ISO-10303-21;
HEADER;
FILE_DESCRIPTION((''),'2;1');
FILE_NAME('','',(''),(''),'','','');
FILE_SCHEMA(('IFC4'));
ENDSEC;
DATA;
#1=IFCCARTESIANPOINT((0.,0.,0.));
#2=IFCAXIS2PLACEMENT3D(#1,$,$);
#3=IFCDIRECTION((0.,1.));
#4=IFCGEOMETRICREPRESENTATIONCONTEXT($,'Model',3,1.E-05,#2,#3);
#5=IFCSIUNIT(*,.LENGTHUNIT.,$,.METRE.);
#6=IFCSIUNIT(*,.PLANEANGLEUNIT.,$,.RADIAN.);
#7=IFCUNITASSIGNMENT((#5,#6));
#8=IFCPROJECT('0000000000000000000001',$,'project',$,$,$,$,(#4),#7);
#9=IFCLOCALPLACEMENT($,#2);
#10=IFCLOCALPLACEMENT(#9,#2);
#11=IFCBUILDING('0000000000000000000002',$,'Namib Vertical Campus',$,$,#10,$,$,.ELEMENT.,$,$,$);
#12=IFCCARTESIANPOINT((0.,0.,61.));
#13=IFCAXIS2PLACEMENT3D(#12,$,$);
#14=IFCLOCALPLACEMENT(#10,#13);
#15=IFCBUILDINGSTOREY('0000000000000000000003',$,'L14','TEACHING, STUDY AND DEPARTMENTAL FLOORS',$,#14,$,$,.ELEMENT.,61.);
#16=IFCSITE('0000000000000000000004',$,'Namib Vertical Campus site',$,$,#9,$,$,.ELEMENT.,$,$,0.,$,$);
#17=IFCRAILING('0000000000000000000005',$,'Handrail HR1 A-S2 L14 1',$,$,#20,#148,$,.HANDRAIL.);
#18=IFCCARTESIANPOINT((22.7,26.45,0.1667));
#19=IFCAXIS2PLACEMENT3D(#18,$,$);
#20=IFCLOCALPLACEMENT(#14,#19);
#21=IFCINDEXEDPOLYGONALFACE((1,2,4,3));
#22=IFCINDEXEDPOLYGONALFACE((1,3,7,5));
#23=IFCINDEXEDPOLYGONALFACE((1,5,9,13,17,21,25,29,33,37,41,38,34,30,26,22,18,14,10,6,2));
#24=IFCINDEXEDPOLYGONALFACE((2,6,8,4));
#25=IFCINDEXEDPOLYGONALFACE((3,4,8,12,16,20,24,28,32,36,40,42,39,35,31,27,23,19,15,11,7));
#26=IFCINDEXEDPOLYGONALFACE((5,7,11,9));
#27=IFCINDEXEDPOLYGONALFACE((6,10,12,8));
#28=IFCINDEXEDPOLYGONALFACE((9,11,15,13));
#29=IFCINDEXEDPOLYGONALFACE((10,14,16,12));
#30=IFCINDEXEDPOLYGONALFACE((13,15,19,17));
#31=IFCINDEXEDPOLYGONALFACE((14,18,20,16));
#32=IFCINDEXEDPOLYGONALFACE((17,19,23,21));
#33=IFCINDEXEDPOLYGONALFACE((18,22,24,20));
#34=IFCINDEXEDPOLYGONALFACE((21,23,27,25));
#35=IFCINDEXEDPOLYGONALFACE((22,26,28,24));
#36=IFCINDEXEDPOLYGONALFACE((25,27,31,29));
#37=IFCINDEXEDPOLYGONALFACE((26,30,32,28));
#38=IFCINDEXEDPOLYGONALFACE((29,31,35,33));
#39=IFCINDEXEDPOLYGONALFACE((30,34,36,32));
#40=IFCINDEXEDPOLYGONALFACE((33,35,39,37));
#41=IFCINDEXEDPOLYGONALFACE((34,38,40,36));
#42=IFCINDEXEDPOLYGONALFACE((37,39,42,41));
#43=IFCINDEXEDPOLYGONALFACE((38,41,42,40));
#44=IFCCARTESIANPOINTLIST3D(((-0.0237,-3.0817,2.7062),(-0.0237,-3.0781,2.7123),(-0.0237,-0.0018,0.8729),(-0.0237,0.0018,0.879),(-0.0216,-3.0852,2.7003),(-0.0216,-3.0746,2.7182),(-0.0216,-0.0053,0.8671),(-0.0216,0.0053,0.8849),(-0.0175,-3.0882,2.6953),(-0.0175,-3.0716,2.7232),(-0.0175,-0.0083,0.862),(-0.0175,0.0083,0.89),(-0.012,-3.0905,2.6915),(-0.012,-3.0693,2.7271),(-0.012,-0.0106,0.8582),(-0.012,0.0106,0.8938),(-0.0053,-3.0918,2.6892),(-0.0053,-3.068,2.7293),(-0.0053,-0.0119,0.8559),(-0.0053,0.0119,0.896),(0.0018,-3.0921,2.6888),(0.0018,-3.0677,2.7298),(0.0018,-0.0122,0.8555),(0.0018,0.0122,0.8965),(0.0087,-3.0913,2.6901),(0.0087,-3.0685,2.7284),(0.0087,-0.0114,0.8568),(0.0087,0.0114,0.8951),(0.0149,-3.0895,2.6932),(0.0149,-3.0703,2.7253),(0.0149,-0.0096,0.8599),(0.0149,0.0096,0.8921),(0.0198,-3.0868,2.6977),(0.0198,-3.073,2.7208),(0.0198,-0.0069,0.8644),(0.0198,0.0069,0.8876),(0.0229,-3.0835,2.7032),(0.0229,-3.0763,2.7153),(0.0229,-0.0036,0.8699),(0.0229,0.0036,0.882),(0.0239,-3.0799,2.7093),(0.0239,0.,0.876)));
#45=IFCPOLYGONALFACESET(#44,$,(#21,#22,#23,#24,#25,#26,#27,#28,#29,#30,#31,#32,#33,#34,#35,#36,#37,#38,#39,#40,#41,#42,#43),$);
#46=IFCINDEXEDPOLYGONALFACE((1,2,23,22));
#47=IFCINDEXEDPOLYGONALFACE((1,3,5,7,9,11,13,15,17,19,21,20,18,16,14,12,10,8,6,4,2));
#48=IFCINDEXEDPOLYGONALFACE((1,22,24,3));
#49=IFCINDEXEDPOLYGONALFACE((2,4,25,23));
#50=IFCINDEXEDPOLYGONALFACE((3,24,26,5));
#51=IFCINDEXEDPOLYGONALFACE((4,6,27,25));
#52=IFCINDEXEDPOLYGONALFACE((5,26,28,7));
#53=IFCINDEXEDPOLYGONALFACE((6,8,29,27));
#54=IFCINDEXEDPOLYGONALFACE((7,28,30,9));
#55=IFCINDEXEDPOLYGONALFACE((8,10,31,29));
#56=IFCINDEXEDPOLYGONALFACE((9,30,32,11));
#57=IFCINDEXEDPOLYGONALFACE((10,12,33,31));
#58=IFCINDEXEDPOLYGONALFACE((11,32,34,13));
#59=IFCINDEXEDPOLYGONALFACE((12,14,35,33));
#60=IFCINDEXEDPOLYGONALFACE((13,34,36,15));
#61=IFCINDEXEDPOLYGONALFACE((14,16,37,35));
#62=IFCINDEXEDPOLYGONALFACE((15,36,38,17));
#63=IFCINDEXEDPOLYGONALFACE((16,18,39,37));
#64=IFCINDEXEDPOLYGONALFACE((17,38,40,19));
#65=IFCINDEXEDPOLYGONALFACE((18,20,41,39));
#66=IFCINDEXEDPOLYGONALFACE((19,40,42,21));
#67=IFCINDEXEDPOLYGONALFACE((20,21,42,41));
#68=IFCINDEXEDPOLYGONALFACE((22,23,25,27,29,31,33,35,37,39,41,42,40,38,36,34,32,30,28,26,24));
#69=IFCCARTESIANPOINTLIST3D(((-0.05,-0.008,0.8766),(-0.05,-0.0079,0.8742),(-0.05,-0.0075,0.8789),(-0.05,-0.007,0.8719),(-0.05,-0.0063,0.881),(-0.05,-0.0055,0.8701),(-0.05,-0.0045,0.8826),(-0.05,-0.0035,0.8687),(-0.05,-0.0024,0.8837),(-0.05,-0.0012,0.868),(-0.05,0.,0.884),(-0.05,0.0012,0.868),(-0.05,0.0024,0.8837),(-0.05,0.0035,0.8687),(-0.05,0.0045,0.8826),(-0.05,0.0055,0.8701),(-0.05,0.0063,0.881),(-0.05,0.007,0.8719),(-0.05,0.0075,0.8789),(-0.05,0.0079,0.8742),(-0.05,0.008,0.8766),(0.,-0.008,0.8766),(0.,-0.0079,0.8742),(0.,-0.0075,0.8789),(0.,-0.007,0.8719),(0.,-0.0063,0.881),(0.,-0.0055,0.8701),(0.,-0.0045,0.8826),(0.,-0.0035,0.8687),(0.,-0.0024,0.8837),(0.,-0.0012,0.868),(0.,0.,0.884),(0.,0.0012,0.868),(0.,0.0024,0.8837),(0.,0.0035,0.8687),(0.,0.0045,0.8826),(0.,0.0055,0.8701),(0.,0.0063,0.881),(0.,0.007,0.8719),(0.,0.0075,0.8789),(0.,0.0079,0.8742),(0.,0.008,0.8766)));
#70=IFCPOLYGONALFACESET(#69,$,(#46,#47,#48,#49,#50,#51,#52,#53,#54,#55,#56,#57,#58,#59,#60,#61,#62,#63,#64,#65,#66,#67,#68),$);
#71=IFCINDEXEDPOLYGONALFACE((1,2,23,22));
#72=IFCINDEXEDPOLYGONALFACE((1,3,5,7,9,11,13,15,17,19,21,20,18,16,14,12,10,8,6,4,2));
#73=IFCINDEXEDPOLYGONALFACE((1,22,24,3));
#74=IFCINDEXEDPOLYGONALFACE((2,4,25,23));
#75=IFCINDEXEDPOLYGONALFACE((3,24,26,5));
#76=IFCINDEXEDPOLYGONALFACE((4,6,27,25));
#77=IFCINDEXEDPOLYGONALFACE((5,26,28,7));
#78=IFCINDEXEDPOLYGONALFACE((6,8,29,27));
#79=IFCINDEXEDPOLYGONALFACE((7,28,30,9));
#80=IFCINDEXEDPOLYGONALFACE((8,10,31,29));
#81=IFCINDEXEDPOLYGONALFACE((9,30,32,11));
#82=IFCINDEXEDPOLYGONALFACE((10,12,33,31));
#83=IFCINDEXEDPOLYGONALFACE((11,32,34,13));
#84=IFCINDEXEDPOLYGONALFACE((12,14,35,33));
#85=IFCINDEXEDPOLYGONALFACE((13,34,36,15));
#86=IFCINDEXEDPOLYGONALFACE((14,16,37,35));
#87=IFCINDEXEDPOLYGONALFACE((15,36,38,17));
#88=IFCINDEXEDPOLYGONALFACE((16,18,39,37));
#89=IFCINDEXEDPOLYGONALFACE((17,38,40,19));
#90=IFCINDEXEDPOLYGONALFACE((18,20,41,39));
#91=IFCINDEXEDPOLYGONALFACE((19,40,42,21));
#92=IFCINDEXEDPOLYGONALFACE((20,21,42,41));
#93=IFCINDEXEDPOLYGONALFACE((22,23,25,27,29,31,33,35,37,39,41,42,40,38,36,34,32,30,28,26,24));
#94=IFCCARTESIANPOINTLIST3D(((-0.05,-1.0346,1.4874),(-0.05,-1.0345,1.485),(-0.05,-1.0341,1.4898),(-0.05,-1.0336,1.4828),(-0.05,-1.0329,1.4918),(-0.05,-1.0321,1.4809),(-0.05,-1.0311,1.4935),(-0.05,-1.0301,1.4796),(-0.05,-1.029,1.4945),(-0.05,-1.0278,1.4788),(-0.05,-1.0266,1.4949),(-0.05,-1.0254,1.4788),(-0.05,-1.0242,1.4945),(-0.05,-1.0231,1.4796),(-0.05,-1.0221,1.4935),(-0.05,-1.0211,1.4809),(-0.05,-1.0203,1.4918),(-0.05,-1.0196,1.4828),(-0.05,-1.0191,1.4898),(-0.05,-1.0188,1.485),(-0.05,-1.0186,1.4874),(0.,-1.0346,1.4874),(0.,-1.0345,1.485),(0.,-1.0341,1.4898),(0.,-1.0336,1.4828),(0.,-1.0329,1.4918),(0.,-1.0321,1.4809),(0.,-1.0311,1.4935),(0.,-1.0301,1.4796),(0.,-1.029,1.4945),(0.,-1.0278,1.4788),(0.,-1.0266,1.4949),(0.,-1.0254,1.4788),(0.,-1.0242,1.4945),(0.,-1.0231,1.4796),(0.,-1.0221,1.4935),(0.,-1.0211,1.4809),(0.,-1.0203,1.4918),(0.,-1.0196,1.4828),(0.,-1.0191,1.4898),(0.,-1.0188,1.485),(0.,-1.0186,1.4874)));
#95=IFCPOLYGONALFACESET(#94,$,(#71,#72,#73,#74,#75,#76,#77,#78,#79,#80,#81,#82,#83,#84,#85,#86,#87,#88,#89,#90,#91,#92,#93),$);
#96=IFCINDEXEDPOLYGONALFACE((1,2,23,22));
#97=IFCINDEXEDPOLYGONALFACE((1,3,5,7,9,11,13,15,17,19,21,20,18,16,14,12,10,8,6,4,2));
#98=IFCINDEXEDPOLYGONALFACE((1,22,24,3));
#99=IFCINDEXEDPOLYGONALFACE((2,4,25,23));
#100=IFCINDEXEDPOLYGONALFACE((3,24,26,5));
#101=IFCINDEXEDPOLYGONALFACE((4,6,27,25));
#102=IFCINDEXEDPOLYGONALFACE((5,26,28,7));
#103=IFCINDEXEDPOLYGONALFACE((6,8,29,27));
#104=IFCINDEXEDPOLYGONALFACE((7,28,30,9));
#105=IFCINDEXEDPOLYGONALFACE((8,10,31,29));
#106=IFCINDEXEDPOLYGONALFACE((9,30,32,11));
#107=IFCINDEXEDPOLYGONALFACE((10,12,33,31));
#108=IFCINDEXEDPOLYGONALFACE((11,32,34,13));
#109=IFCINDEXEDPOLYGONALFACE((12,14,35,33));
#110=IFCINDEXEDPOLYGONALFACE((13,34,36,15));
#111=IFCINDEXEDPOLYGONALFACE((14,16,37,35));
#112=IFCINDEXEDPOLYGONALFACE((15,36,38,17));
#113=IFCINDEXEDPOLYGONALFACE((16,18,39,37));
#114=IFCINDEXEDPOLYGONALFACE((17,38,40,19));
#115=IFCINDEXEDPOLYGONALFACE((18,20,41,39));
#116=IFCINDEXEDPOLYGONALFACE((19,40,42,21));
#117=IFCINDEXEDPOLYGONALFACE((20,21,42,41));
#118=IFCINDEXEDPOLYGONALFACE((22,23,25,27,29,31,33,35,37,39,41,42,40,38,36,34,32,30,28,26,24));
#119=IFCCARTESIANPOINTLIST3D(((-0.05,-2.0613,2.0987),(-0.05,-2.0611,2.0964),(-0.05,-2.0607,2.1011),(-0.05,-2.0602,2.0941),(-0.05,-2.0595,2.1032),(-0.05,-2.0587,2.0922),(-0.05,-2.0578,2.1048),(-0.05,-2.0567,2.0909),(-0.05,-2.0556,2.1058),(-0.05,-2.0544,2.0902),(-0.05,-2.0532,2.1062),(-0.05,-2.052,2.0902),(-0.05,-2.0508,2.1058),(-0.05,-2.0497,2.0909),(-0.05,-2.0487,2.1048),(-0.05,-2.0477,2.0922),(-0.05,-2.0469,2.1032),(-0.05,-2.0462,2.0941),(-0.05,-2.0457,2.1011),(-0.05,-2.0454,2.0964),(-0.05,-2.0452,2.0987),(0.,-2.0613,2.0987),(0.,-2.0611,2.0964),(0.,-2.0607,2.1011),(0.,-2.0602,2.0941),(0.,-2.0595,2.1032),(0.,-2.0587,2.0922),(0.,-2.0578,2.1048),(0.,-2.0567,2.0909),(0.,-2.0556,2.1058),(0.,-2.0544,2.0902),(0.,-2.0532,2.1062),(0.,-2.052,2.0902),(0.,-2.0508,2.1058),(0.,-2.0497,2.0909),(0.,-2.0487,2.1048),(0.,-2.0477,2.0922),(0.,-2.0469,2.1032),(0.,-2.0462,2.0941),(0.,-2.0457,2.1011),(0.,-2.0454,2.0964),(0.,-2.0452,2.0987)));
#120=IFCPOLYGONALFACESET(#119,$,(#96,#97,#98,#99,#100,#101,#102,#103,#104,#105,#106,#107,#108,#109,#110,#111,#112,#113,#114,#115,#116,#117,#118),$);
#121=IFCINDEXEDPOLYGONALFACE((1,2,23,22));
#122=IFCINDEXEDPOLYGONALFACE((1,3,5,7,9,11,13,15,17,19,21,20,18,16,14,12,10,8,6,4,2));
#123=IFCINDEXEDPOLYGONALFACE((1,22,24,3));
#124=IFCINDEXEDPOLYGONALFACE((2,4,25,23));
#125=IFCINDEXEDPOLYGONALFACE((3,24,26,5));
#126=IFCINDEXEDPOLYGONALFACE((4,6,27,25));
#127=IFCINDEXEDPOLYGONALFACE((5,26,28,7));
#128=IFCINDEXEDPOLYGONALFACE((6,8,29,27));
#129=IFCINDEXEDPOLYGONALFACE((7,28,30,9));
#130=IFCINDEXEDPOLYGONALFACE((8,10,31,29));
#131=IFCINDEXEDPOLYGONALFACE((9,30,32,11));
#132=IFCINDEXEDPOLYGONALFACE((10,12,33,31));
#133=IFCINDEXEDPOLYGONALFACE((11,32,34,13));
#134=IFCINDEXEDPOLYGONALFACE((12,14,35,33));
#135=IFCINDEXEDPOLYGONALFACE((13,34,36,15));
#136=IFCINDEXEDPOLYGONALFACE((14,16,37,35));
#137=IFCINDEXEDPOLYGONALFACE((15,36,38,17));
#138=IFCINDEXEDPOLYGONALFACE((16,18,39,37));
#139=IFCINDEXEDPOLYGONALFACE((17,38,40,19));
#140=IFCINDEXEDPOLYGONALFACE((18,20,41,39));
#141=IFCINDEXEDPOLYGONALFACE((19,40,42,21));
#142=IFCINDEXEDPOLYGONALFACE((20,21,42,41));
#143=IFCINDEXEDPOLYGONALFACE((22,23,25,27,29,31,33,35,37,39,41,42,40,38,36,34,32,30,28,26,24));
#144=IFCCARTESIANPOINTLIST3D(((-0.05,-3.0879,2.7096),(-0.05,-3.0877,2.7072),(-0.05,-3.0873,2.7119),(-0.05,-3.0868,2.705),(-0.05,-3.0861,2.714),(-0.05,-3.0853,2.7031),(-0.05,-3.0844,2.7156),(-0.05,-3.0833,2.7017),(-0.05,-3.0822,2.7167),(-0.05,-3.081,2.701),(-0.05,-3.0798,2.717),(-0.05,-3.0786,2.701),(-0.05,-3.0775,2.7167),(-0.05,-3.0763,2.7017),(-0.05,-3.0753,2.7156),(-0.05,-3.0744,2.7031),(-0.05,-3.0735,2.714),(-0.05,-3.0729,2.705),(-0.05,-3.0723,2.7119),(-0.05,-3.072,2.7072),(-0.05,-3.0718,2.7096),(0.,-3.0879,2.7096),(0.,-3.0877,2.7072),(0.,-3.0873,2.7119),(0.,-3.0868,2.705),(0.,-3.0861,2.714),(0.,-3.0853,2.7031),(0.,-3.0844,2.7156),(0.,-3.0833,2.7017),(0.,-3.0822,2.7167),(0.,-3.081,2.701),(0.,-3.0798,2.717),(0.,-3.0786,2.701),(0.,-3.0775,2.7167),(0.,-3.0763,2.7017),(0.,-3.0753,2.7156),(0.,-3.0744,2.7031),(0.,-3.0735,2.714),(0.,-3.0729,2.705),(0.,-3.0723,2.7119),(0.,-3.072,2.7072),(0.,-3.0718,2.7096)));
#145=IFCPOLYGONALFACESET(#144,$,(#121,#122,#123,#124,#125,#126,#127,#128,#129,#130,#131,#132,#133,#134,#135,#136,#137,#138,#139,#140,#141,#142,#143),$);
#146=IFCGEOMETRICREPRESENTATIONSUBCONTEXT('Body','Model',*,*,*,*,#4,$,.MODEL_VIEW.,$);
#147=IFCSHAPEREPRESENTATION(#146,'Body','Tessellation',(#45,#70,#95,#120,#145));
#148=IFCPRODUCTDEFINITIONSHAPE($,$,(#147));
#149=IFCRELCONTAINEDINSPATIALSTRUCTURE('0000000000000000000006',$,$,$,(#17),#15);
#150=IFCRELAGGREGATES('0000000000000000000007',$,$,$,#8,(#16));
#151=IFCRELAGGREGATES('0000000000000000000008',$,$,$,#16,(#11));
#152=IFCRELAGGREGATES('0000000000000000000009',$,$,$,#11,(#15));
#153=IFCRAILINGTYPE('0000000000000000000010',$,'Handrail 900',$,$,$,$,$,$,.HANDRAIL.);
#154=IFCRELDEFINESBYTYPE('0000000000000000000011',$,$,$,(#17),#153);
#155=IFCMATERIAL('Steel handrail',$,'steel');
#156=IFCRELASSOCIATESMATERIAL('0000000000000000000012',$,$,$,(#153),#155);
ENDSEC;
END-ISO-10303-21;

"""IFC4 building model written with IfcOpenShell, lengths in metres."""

from ifc_helpers import new_model, si_unit, direction, frame, origin, origin_2d, place, context, subcontext, project, spatial, circle, extrude, material, type_object, element, save


model = new_model("IFC4")

# Units and contexts
model_context = context("Model", 3, precision=1e-05, world=origin(), true_north=direction((0.0, 1.0)))
body_context = subcontext(model_context, "Body", "Model", "MODEL_VIEW")
ifc_project = project(units=[si_unit("LENGTHUNIT", "METRE"), si_unit("PLANEANGLEUNIT", "RADIAN")], contexts=[model_context])

# Site, building, storey
site_placement = place(None, origin())
site = spatial("IfcSite", under=ifc_project, at=site_placement, Name="Namib Vertical Campus site", CompositionType="ELEMENT", RefElevation=0.0)
building_placement = place(site_placement, origin())
building = spatial("IfcBuilding", under=site, at=building_placement, Name="Namib Vertical Campus", CompositionType="ELEMENT")
storey_placement = place(building_placement, frame((0.0, 0.0, 61.0)))
storey = spatial("IfcBuildingStorey", under=building, at=storey_placement, Name="L14", Description="TEACHING, STUDY AND DEPARTMENTAL FLOORS", CompositionType="ELEMENT", Elevation=61.0)

# Railing
ifc_material_1 = material(Name="Steel handrail", Category="steel")
railing_type_1 = type_object("IfcRailingType", Name="Handrail 900", PredefinedType="HANDRAIL", material=ifc_material_1)
railing_1_placement = place(storey_placement, frame((22.7, 26.45, 0.1667)))
element("IfcRailing", 1, at=railing_1_placement, inside=storey, type_object=railing_type_1, Name="Handrail HR1 A-S2 L14 1", PredefinedType="HANDRAIL", context=body_context, shape_type="SweptSolid", body=[
    extrude(circle(Radius=0.0239, at=origin_2d()), frame((0.0, 0.0, 0.876), z_axis=(0.0, -0.859291, 0.511487), x_axis=(1.0, 0.0, 0.0)), (0.0, 0.0, 1.0), 3.5842),
    extrude(circle(Radius=0.0081, at=origin_2d()), frame((0.0, 0.0, 0.876), z_axis=(-1.0, 0.0, 0.0), x_axis=(0.0, 0.0, 1.0)), (0.0, 0.0, 1.0), 0.05),
    extrude(circle(Radius=0.0081, at=origin_2d()), frame((0.0, -1.0266, 1.4868), z_axis=(-1.0, 0.0, 0.0), x_axis=(0.0, 0.0, 1.0)), (0.0, 0.0, 1.0), 0.05),
    extrude(circle(Radius=0.0081, at=origin_2d()), frame((0.0, -2.0532, 2.0981), z_axis=(-1.0, 0.0, 0.0), x_axis=(0.0, 0.0, 1.0)), (0.0, 0.0, 1.0), 0.05),
    extrude(circle(Radius=0.0081, at=origin_2d()), frame((0.0, -3.0798, 2.709), z_axis=(-1.0, 0.0, 0.0), x_axis=(0.0, 0.0, 1.0)), (0.0, 0.0, 1.0), 0.05),
])

save(model, "model.ifc")
